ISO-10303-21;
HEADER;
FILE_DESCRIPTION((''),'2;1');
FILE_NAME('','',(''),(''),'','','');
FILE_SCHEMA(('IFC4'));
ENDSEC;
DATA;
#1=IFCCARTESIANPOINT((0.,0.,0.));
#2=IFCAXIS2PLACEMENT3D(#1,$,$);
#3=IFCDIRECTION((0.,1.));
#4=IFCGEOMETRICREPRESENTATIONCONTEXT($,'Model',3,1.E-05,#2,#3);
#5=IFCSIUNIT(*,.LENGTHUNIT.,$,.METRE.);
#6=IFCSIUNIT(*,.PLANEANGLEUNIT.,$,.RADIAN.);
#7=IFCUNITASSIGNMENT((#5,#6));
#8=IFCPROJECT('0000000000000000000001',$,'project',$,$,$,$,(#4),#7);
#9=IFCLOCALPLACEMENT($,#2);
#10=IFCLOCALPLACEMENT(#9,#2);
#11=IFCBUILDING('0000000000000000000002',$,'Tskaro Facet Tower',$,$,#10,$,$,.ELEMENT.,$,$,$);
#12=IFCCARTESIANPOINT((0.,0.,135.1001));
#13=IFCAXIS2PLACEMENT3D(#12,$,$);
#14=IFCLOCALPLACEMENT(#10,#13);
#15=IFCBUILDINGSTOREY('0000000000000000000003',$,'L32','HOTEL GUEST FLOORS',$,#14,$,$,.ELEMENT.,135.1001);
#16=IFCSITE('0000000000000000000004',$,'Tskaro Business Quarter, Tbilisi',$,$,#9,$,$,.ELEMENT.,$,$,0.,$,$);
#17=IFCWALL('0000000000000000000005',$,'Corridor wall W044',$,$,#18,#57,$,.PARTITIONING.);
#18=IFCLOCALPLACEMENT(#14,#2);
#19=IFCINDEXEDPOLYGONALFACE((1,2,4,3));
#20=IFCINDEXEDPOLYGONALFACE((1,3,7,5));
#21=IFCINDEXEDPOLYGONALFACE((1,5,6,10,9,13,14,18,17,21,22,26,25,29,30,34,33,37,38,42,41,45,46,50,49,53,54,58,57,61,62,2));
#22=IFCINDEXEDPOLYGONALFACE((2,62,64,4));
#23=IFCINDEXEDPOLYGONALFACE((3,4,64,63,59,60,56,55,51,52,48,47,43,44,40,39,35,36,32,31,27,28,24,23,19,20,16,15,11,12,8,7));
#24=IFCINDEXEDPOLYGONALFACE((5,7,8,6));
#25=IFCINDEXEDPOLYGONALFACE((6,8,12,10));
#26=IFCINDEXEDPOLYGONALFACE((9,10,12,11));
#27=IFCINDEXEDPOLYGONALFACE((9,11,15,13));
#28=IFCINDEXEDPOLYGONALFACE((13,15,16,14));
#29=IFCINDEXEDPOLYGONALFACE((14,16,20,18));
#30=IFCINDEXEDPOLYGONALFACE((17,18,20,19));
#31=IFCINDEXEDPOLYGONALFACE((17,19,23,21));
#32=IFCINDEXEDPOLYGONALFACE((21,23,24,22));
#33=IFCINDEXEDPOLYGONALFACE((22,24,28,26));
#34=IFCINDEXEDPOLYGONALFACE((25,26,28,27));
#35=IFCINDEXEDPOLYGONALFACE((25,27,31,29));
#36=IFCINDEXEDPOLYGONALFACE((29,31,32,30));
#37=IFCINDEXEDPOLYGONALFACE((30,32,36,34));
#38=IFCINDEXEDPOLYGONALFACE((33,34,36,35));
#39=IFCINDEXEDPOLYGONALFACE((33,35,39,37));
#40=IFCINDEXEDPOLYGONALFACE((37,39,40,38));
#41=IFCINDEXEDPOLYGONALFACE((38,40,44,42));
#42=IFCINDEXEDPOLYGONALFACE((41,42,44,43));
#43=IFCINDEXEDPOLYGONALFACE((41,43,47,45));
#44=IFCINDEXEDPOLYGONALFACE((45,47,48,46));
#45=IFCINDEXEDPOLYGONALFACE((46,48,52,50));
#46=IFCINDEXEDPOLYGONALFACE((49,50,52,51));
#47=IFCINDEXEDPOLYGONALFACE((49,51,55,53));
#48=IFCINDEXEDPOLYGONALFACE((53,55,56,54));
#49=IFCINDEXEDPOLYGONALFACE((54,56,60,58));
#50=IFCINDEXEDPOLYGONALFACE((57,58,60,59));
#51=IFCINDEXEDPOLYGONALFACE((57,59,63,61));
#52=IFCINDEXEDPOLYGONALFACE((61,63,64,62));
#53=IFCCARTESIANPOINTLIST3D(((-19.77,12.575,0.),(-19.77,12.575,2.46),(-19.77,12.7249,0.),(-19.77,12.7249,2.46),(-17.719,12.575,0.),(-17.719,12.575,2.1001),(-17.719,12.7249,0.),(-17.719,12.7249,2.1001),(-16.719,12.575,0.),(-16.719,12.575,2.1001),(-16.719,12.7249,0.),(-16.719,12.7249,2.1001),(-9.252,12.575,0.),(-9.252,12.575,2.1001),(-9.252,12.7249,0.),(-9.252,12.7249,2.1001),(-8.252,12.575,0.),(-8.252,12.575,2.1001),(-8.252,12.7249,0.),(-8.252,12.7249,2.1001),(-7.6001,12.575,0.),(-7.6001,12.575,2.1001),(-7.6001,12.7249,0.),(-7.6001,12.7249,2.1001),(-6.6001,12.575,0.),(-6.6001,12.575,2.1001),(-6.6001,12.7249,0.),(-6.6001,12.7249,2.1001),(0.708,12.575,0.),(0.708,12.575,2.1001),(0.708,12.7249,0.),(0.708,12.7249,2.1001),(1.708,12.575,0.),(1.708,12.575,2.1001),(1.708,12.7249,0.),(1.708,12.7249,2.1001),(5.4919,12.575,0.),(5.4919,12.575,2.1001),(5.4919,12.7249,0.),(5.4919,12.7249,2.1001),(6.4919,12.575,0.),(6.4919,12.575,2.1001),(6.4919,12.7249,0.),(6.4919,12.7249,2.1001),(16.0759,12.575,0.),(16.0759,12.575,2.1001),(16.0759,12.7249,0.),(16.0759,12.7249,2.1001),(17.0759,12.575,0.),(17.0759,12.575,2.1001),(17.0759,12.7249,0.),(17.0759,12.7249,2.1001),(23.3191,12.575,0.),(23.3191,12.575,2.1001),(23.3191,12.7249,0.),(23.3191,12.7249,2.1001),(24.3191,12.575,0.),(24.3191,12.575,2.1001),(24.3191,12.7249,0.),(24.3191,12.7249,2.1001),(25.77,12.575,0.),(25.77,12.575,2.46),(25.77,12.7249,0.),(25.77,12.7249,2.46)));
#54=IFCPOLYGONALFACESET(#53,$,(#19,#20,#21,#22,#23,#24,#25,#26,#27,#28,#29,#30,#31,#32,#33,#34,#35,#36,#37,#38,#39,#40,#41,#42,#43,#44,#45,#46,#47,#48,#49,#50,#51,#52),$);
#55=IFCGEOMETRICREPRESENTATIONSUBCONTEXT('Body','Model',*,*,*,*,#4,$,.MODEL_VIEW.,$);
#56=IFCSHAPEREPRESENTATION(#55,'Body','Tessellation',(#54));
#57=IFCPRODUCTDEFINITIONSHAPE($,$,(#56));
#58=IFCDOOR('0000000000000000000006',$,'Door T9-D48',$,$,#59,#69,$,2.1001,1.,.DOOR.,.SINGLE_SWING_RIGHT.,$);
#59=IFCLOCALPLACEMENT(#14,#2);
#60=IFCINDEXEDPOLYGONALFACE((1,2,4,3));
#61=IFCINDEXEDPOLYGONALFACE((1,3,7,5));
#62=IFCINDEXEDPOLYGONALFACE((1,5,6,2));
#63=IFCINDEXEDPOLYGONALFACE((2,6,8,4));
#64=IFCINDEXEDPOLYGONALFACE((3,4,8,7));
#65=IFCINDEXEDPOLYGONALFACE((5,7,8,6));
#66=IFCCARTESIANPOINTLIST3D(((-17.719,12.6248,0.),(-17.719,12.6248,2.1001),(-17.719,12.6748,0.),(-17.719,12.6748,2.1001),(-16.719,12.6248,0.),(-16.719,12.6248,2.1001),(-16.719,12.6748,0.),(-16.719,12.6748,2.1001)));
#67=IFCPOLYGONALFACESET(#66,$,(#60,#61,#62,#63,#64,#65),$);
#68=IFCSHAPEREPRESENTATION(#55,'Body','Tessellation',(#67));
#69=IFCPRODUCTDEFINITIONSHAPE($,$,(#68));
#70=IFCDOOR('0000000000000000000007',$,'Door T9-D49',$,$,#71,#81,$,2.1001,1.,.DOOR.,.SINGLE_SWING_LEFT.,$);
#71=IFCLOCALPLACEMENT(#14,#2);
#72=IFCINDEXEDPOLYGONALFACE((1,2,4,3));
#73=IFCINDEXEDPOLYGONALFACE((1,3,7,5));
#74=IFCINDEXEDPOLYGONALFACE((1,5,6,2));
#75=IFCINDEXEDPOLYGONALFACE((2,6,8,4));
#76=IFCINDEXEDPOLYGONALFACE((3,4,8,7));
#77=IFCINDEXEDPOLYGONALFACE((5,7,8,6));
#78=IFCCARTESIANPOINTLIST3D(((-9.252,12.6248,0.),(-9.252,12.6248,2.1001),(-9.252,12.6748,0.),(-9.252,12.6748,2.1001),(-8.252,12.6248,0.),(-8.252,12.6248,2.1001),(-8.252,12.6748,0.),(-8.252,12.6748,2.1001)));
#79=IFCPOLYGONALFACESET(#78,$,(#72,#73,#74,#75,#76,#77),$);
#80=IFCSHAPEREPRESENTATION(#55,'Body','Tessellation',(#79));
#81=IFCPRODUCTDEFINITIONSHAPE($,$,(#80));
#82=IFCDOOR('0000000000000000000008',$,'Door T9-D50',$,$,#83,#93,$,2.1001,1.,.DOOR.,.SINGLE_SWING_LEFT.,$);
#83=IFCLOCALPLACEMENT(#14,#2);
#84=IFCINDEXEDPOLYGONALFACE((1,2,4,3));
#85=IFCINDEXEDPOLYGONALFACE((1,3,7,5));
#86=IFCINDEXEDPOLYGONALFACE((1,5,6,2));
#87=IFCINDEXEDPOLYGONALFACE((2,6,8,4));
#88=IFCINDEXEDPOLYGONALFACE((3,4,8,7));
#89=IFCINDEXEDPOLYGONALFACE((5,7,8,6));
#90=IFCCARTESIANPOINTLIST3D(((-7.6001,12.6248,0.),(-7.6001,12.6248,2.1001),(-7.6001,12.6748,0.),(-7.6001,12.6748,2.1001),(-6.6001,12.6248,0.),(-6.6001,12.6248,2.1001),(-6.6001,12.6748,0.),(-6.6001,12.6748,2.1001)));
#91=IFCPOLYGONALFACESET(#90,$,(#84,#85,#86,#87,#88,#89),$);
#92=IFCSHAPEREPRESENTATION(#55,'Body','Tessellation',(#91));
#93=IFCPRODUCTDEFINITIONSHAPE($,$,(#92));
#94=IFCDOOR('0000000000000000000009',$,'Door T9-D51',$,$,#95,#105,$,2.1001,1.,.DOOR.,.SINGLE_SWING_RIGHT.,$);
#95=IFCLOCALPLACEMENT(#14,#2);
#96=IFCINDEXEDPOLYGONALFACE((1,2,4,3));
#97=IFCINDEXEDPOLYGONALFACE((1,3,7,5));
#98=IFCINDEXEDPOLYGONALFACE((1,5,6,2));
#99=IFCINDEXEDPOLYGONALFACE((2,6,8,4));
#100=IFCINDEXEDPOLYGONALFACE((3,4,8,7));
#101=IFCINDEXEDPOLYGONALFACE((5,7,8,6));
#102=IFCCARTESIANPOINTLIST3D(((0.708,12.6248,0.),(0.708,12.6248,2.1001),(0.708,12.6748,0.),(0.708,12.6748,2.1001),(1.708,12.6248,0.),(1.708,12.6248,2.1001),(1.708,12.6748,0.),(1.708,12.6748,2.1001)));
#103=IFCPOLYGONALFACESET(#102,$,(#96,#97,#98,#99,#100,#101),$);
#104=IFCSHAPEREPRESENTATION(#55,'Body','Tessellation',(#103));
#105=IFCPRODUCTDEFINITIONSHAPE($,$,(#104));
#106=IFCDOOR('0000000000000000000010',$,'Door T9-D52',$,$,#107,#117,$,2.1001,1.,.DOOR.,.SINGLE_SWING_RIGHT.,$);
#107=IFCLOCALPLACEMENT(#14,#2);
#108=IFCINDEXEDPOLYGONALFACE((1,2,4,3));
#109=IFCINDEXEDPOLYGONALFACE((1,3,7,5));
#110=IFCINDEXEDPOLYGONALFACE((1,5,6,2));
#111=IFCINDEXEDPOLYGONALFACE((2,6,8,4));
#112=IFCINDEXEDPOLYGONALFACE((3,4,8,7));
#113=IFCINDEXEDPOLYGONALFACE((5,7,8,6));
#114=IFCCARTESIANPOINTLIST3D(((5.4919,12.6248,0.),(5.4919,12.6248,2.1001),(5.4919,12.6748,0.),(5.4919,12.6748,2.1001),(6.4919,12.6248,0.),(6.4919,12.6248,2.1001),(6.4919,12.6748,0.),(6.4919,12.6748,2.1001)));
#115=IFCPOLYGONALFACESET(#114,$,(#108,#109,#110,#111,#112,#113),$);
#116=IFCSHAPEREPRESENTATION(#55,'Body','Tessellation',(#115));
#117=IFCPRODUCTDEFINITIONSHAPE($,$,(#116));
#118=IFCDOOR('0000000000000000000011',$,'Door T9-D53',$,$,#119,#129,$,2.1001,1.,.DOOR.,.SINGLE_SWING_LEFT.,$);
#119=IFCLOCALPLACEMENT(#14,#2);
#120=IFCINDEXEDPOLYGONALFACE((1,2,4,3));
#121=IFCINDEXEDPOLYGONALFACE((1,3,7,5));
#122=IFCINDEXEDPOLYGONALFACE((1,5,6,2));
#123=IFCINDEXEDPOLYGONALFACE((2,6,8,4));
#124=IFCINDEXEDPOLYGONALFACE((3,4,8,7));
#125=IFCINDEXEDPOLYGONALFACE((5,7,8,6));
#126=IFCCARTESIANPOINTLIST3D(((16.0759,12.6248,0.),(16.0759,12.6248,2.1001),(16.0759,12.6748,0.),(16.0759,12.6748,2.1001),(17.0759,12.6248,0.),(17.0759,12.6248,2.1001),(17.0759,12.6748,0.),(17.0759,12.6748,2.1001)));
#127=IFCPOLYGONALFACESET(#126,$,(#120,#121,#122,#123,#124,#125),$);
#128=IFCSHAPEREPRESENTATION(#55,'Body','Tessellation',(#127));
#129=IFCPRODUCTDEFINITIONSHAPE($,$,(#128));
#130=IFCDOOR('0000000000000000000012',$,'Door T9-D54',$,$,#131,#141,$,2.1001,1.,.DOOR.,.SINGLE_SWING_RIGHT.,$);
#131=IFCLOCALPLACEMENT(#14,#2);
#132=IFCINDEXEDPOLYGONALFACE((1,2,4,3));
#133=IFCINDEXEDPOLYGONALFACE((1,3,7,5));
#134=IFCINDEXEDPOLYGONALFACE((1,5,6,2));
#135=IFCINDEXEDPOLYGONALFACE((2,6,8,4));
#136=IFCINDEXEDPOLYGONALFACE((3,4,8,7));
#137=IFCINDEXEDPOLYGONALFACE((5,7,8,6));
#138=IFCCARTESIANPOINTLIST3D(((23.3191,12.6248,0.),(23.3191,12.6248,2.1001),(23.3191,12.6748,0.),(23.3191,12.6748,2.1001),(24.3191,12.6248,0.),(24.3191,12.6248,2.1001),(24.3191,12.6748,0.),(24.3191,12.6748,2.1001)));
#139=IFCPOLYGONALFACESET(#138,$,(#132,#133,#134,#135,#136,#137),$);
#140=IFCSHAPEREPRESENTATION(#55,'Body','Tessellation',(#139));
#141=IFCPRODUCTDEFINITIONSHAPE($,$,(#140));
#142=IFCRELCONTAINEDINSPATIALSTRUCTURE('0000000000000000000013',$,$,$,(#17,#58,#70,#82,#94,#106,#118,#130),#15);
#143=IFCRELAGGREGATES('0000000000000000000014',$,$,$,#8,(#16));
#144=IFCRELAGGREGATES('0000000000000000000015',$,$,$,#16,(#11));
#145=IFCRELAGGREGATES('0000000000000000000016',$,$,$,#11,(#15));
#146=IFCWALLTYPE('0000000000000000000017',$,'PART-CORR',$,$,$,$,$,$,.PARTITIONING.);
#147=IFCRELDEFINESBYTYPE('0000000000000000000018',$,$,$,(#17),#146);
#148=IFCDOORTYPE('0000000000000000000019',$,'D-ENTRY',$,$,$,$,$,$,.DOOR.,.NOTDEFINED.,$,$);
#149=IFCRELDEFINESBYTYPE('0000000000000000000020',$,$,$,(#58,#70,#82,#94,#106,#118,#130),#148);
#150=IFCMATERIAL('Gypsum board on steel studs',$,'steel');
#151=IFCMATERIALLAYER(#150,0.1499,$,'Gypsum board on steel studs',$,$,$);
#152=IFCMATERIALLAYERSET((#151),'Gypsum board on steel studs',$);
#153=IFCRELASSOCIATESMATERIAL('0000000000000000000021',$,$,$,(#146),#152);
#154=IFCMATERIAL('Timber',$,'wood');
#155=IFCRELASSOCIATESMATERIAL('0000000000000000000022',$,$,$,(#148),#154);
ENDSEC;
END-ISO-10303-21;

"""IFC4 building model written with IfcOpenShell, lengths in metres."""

from ifc_helpers import new_model, si_unit, direction, frame, frame_2d, origin, place, context, subcontext, project, spatial, rectangle, extrude, material, layer, layer_set, type_object, element, fill, save


model = new_model("IFC4")

# Units and contexts
model_context = context("Model", 3, precision=1e-05, world=origin(), true_north=direction((0.0, 1.0)))
body_context = subcontext(model_context, "Body", "Model", "MODEL_VIEW")
ifc_project = project(units=[si_unit("LENGTHUNIT", "METRE"), si_unit("PLANEANGLEUNIT", "RADIAN")], contexts=[model_context])

# Site, building, storey
site_placement = place(None, origin())
site = spatial("IfcSite", under=ifc_project, at=site_placement, Name="Tskaro Business Quarter, Tbilisi", CompositionType="ELEMENT", RefElevation=0.0)
building_placement = place(site_placement, origin())
building = spatial("IfcBuilding", under=site, at=building_placement, Name="Tskaro Facet Tower", CompositionType="ELEMENT")
storey_placement = place(building_placement, frame((0.0, 0.0, 135.1001)))
storey = spatial("IfcBuildingStorey", under=building, at=storey_placement, Name="L32", Description="HOTEL GUEST FLOORS", CompositionType="ELEMENT", Elevation=135.1001)

# Shared definitions
ifc_material_1 = material(Name="Gypsum board on steel studs", Category="steel")
ifc_layer_1 = layer(ifc_material_1, 0.1499, Name="Gypsum board on steel studs")
ifc_layer_set_1 = layer_set([ifc_layer_1], Name="Gypsum board on steel studs")
wall_type_1 = type_object("IfcWallType", Name="PART-CORR", PredefinedType="PARTITIONING", material=ifc_layer_set_1)
ifc_material_2 = material(Name="Timber", Category="wood")

# Wall, openings, doors
wall_1_placement = place(storey_placement, frame((-19.77, 12.6499, 0.0), z_axis=(0.0, 0.0, 1.0), x_axis=(1.0, 0.0, 0.0)))
wall_1 = element("IfcWall", 1, at=wall_1_placement, inside=storey, type_object=wall_type_1, Name="Corridor wall W044", PredefinedType="PARTITIONING", context=body_context, shape_type="SweptSolid", body=[
    extrude(rectangle(XDim=45.54, YDim=0.1499, at=frame_2d((22.77, 0.0))), origin(), (0.0, 0.0, 1.0), 2.46),
])
opening_1_placement = place(wall_1_placement, frame((2.051, 0.0, 0.0)))
opening_1 = element("IfcOpeningElement", 2, at=opening_1_placement, cuts=wall_1, PredefinedType="OPENING", context=body_context, shape_type="SweptSolid", body=[
    extrude(rectangle(XDim=1.0, YDim=2.1001, at=frame_2d((0.5, 1.05))), frame((0.0, 0.085, 0.0), z_axis=(0.0, -1.0, 0.0), x_axis=(1.0, 0.0, 0.0)), (0.0, 0.0, 1.0), 0.1699),
])
opening_2_placement = place(wall_1_placement, frame((10.5181, 0.0, 0.0)))
opening_2 = element("IfcOpeningElement", 3, at=opening_2_placement, cuts=wall_1, PredefinedType="OPENING", context=body_context, shape_type="SweptSolid", body=[
    extrude(rectangle(XDim=1.0, YDim=2.1001, at=frame_2d((0.5, 1.05))), frame((0.0, 0.085, 0.0), z_axis=(0.0, -1.0, 0.0), x_axis=(1.0, 0.0, 0.0)), (0.0, 0.0, 1.0), 0.1699),
])
opening_3_placement = place(wall_1_placement, frame((12.1699, 0.0, 0.0)))
opening_3 = element("IfcOpeningElement", 4, at=opening_3_placement, cuts=wall_1, PredefinedType="OPENING", context=body_context, shape_type="SweptSolid", body=[
    extrude(rectangle(XDim=1.0, YDim=2.1001, at=frame_2d((0.5, 1.05))), frame((0.0, 0.085, 0.0), z_axis=(0.0, -1.0, 0.0), x_axis=(1.0, 0.0, 0.0)), (0.0, 0.0, 1.0), 0.1699),
])
opening_4_placement = place(wall_1_placement, frame((20.478, 0.0, 0.0)))
opening_4 = element("IfcOpeningElement", 5, at=opening_4_placement, cuts=wall_1, PredefinedType="OPENING", context=body_context, shape_type="SweptSolid", body=[
    extrude(rectangle(XDim=1.0, YDim=2.1001, at=frame_2d((0.5, 1.05))), frame((0.0, 0.085, 0.0), z_axis=(0.0, -1.0, 0.0), x_axis=(1.0, 0.0, 0.0)), (0.0, 0.0, 1.0), 0.1699),
])
opening_5_placement = place(wall_1_placement, frame((25.262, 0.0, 0.0)))
opening_5 = element("IfcOpeningElement", 6, at=opening_5_placement, cuts=wall_1, PredefinedType="OPENING", context=body_context, shape_type="SweptSolid", body=[
    extrude(rectangle(XDim=1.0, YDim=2.1001, at=frame_2d((0.5, 1.05))), frame((0.0, 0.085, 0.0), z_axis=(0.0, -1.0, 0.0), x_axis=(1.0, 0.0, 0.0)), (0.0, 0.0, 1.0), 0.1699),
])
opening_6_placement = place(wall_1_placement, frame((35.8459, 0.0, 0.0)))
opening_6 = element("IfcOpeningElement", 7, at=opening_6_placement, cuts=wall_1, PredefinedType="OPENING", context=body_context, shape_type="SweptSolid", body=[
    extrude(rectangle(XDim=1.0, YDim=2.1001, at=frame_2d((0.5, 1.05))), frame((0.0, 0.085, 0.0), z_axis=(0.0, -1.0, 0.0), x_axis=(1.0, 0.0, 0.0)), (0.0, 0.0, 1.0), 0.1699),
])
opening_7_placement = place(wall_1_placement, frame((43.0891, 0.0, 0.0)))
opening_7 = element("IfcOpeningElement", 8, at=opening_7_placement, cuts=wall_1, PredefinedType="OPENING", context=body_context, shape_type="SweptSolid", body=[
    extrude(rectangle(XDim=1.0, YDim=2.1001, at=frame_2d((0.5, 1.05))), frame((0.0, 0.085, 0.0), z_axis=(0.0, -1.0, 0.0), x_axis=(1.0, 0.0, 0.0)), (0.0, 0.0, 1.0), 0.1699),
])
door_type_1 = type_object("IfcDoorType", Name="D-ENTRY", OperationType="NOTDEFINED", PredefinedType="DOOR", material=ifc_material_2)
door_1_placement = place(opening_1_placement, origin())
door_1 = element("IfcDoor", 9, at=door_1_placement, inside=storey, type_object=door_type_1, Name="Door T9-D48", OperationType="SINGLE_SWING_RIGHT", OverallHeight=2.1001, OverallWidth=1.0, PredefinedType="DOOR", context=body_context, shape_type="SweptSolid", body=[
    extrude(rectangle(XDim=1.0, YDim=2.1001, at=frame_2d((0.5, 1.05))), frame((0.0, 0.0249, 0.0), z_axis=(0.0, -1.0, 0.0), x_axis=(1.0, 0.0, 0.0)), (0.0, 0.0, 1.0), 0.05),
])
fill(opening_1, door_1)
door_2_placement = place(opening_2_placement, origin())
door_2 = element("IfcDoor", 10, at=door_2_placement, inside=storey, type_object=door_type_1, Name="Door T9-D49", OperationType="SINGLE_SWING_LEFT", OverallHeight=2.1001, OverallWidth=1.0, PredefinedType="DOOR", context=body_context, shape_type="SweptSolid", body=[
    extrude(rectangle(XDim=1.0, YDim=2.1001, at=frame_2d((0.5, 1.05))), frame((0.0, 0.0249, 0.0), z_axis=(0.0, -1.0, 0.0), x_axis=(1.0, 0.0, 0.0)), (0.0, 0.0, 1.0), 0.05),
])
fill(opening_2, door_2)
door_3_placement = place(opening_3_placement, origin())
door_3 = element("IfcDoor", 11, at=door_3_placement, inside=storey, type_object=door_type_1, Name="Door T9-D50", OperationType="SINGLE_SWING_LEFT", OverallHeight=2.1001, OverallWidth=1.0, PredefinedType="DOOR", context=body_context, shape_type="SweptSolid", body=[
    extrude(rectangle(XDim=1.0, YDim=2.1001, at=frame_2d((0.5, 1.05))), frame((0.0, 0.0249, 0.0), z_axis=(0.0, -1.0, 0.0), x_axis=(1.0, 0.0, 0.0)), (0.0, 0.0, 1.0), 0.05),
])
fill(opening_3, door_3)
door_4_placement = place(opening_4_placement, origin())
door_4 = element("IfcDoor", 12, at=door_4_placement, inside=storey, type_object=door_type_1, Name="Door T9-D51", OperationType="SINGLE_SWING_RIGHT", OverallHeight=2.1001, OverallWidth=1.0, PredefinedType="DOOR", context=body_context, shape_type="SweptSolid", body=[
    extrude(rectangle(XDim=1.0, YDim=2.1001, at=frame_2d((0.5, 1.05))), frame((0.0, 0.0249, 0.0), z_axis=(0.0, -1.0, 0.0), x_axis=(1.0, 0.0, 0.0)), (0.0, 0.0, 1.0), 0.05),
])
fill(opening_4, door_4)
door_5_placement = place(opening_5_placement, origin())
door_5 = element("IfcDoor", 13, at=door_5_placement, inside=storey, type_object=door_type_1, Name="Door T9-D52", OperationType="SINGLE_SWING_RIGHT", OverallHeight=2.1001, OverallWidth=1.0, PredefinedType="DOOR", context=body_context, shape_type="SweptSolid", body=[
    extrude(rectangle(XDim=1.0, YDim=2.1001, at=frame_2d((0.5, 1.05))), frame((0.0, 0.0249, 0.0), z_axis=(0.0, -1.0, 0.0), x_axis=(1.0, 0.0, 0.0)), (0.0, 0.0, 1.0), 0.05),
])
fill(opening_5, door_5)
door_6_placement = place(opening_6_placement, origin())
door_6 = element("IfcDoor", 14, at=door_6_placement, inside=storey, type_object=door_type_1, Name="Door T9-D53", OperationType="SINGLE_SWING_LEFT", OverallHeight=2.1001, OverallWidth=1.0, PredefinedType="DOOR", context=body_context, shape_type="SweptSolid", body=[
    extrude(rectangle(XDim=1.0, YDim=2.1001, at=frame_2d((0.5, 1.05))), frame((0.0, 0.0249, 0.0), z_axis=(0.0, -1.0, 0.0), x_axis=(1.0, 0.0, 0.0)), (0.0, 0.0, 1.0), 0.05),
])
fill(opening_6, door_6)
door_7_placement = place(opening_7_placement, origin())
door_7 = element("IfcDoor", 15, at=door_7_placement, inside=storey, type_object=door_type_1, Name="Door T9-D54", OperationType="SINGLE_SWING_RIGHT", OverallHeight=2.1001, OverallWidth=1.0, PredefinedType="DOOR", context=body_context, shape_type="SweptSolid", body=[
    extrude(rectangle(XDim=1.0, YDim=2.1001, at=frame_2d((0.5, 1.05))), frame((0.0, 0.0249, 0.0), z_axis=(0.0, -1.0, 0.0), x_axis=(1.0, 0.0, 0.0)), (0.0, 0.0, 1.0), 0.05),
])
fill(opening_7, door_7)

save(model, "model.ifc")
